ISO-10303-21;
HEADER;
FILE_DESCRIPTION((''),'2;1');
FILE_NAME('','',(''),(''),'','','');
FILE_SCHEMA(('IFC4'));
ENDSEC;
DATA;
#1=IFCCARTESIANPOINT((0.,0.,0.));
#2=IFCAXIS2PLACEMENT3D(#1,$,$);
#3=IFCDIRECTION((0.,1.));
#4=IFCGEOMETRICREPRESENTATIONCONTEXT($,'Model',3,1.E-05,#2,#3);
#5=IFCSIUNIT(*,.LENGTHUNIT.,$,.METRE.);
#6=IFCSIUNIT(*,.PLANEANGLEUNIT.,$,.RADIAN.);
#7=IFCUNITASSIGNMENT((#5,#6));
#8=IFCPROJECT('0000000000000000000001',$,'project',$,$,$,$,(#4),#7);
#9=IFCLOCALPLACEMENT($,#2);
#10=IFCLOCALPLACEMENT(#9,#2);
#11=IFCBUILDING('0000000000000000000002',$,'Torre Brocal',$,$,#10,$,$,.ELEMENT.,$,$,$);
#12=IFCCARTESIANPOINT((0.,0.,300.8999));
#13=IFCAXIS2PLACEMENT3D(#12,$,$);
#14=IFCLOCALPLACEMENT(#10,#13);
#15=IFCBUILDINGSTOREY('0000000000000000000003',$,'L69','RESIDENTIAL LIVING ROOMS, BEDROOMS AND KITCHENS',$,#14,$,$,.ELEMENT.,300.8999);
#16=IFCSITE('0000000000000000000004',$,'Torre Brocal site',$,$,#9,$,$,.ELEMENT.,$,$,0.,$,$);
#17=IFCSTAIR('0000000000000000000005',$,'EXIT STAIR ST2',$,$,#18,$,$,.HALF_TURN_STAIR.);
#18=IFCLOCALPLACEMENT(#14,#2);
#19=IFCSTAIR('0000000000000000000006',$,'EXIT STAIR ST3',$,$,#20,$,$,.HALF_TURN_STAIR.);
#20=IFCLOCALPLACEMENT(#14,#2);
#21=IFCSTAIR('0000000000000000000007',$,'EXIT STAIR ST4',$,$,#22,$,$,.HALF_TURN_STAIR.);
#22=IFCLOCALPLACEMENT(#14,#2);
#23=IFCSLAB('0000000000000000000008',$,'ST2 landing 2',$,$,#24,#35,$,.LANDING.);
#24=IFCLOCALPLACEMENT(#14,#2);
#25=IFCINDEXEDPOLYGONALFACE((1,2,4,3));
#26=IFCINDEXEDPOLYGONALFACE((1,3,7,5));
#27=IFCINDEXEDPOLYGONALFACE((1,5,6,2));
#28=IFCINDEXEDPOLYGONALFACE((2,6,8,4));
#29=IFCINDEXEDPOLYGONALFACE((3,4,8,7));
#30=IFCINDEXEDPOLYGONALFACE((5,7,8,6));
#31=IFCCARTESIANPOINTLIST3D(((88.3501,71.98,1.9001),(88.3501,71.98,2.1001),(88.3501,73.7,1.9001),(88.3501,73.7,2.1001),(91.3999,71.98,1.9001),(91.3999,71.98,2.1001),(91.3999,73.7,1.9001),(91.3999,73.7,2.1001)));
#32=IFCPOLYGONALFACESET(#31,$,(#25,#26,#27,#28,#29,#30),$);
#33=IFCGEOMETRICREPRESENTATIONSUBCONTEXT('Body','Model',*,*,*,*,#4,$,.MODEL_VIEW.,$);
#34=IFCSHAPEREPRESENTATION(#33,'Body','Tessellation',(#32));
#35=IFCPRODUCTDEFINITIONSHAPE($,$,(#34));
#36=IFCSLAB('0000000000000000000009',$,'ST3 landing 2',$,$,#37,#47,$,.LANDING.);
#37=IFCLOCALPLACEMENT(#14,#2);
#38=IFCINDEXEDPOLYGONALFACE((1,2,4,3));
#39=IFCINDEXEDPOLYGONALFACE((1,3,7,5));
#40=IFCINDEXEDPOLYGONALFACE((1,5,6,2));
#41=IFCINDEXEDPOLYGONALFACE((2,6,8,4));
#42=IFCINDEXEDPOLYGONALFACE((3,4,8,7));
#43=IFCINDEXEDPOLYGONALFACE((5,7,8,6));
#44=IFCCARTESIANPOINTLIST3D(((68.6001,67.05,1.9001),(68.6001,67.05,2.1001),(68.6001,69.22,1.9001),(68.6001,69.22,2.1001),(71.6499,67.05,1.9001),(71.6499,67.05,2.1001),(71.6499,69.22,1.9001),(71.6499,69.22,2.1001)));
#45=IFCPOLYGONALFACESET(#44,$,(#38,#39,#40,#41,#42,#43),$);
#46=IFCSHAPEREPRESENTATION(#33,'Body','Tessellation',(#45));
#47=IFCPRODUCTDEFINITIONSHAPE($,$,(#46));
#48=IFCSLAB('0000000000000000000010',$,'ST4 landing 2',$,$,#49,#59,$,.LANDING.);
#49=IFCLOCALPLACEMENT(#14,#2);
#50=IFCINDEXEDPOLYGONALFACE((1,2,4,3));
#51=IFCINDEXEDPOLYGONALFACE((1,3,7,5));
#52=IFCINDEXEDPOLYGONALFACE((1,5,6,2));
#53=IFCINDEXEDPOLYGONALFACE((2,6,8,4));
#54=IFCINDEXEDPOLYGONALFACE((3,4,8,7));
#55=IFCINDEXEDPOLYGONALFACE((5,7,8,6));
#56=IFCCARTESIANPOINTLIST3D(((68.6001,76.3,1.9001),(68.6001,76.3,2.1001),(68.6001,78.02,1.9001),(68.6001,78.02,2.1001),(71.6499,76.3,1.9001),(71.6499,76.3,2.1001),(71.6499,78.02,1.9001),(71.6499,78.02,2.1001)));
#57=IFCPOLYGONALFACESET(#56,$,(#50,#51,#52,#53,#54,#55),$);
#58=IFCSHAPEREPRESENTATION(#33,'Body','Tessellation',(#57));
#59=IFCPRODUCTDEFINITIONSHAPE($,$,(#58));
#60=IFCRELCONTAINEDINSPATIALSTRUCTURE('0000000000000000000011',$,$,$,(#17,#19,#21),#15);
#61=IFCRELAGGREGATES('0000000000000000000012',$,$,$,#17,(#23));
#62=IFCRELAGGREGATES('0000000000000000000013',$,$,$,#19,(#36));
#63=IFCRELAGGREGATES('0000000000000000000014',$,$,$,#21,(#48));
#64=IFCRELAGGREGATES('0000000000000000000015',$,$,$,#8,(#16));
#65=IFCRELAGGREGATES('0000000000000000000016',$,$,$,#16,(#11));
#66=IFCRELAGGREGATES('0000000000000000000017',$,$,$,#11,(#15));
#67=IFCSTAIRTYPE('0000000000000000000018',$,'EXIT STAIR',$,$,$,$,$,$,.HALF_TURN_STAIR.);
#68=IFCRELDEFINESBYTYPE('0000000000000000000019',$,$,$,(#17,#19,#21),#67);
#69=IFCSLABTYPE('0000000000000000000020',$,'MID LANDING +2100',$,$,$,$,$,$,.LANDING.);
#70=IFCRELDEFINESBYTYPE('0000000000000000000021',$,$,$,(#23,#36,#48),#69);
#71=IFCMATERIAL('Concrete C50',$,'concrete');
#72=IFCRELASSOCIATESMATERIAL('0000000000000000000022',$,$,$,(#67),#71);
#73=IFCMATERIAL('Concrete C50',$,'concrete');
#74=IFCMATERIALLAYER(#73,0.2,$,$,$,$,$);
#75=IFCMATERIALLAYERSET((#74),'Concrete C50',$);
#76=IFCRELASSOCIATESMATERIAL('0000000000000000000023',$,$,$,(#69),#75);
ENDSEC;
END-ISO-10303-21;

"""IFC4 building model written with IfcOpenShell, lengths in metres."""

from ifc_helpers import new_model, si_unit, direction, frame, origin, place, context, subcontext, project, spatial, polyline, outline, extrude, material, layer, layer_set, type_object, element, aggregate, save


model = new_model("IFC4")

# Units and contexts
model_context = context("Model", 3, precision=1e-05, world=origin(), true_north=direction((0.0, 1.0)))
body_context = subcontext(model_context, "Body", "Model", "MODEL_VIEW")
ifc_project = project(units=[si_unit("LENGTHUNIT", "METRE"), si_unit("PLANEANGLEUNIT", "RADIAN")], contexts=[model_context])

# Site, building, storey
site_placement = place(None, origin())
site = spatial("IfcSite", under=ifc_project, at=site_placement, Name="Torre Brocal site", CompositionType="ELEMENT", RefElevation=0.0)
building_placement = place(site_placement, origin())
building = spatial("IfcBuilding", under=site, at=building_placement, Name="Torre Brocal", CompositionType="ELEMENT")
storey_placement = place(building_placement, frame((0.0, 0.0, 300.8999)))
storey = spatial("IfcBuildingStorey", under=building, at=storey_placement, Name="L69", Description="RESIDENTIAL LIVING ROOMS, BEDROOMS AND KITCHENS", CompositionType="ELEMENT", Elevation=300.8999)

# Stairs
ifc_material_1 = material(Name="Concrete C50", Category="concrete")
stair_type = type_object("IfcStairType", Name="EXIT STAIR", PredefinedType="HALF_TURN_STAIR", material=ifc_material_1)
stair_1_placement = place(storey_placement, origin())
stair_1 = element("IfcStair", 1, at=stair_1_placement, inside=storey, type_object=stair_type, Name="EXIT STAIR ST2", PredefinedType="HALF_TURN_STAIR")
stair_2_placement = place(storey_placement, origin())
stair_2 = element("IfcStair", 2, at=stair_2_placement, inside=storey, type_object=stair_type, Name="EXIT STAIR ST3", PredefinedType="HALF_TURN_STAIR")
stair_3_placement = place(storey_placement, origin())
stair_3 = element("IfcStair", 3, at=stair_3_placement, inside=storey, type_object=stair_type, Name="EXIT STAIR ST4", PredefinedType="HALF_TURN_STAIR")

# Slabs
ifc_material_2 = material(Name="Concrete C50", Category="concrete")
ifc_layer_1 = layer(ifc_material_2, 0.2)
ifc_layer_set_1 = layer_set([ifc_layer_1], Name="Concrete C50")
slab_type_1 = type_object("IfcSlabType", Name="MID LANDING +2100", PredefinedType="LANDING", material=ifc_layer_set_1)
slab_1_placement = place(storey_placement, frame((0.0, 0.0, 1.9001)))
slab_1 = element("IfcSlab", 4, at=slab_1_placement, type_object=slab_type_1, Name="ST2 landing 2", PredefinedType="LANDING", context=body_context, shape_type="SweptSolid", body=[
    extrude(outline(polyline([(88.3501, 71.98), (91.3999, 71.98), (91.3999, 73.7), (88.3501, 73.7), (88.3501, 71.98)])), origin(), (0.0, 0.0, 1.0), 0.2),
])
aggregate(stair_1, [slab_1])
slab_2_placement = place(storey_placement, frame((0.0, 0.0, 1.9001)))
slab_2 = element("IfcSlab", 5, at=slab_2_placement, type_object=slab_type_1, Name="ST3 landing 2", PredefinedType="LANDING", context=body_context, shape_type="SweptSolid", body=[
    extrude(outline(polyline([(71.6499, 69.22), (68.6001, 69.22), (68.6001, 67.05), (71.6499, 67.05), (71.6499, 69.22)])), origin(), (0.0, 0.0, 1.0), 0.2),
])
aggregate(stair_2, [slab_2])
slab_3_placement = place(storey_placement, frame((0.0, 0.0, 1.9001)))
slab_3 = element("IfcSlab", 6, at=slab_3_placement, type_object=slab_type_1, Name="ST4 landing 2", PredefinedType="LANDING", context=body_context, shape_type="SweptSolid", body=[
    extrude(outline(polyline([(71.6499, 78.02), (68.6001, 78.02), (68.6001, 76.3), (71.6499, 76.3), (71.6499, 78.02)])), origin(), (0.0, 0.0, 1.0), 0.2),
])
aggregate(stair_3, [slab_3])

save(model, "model.ifc")
